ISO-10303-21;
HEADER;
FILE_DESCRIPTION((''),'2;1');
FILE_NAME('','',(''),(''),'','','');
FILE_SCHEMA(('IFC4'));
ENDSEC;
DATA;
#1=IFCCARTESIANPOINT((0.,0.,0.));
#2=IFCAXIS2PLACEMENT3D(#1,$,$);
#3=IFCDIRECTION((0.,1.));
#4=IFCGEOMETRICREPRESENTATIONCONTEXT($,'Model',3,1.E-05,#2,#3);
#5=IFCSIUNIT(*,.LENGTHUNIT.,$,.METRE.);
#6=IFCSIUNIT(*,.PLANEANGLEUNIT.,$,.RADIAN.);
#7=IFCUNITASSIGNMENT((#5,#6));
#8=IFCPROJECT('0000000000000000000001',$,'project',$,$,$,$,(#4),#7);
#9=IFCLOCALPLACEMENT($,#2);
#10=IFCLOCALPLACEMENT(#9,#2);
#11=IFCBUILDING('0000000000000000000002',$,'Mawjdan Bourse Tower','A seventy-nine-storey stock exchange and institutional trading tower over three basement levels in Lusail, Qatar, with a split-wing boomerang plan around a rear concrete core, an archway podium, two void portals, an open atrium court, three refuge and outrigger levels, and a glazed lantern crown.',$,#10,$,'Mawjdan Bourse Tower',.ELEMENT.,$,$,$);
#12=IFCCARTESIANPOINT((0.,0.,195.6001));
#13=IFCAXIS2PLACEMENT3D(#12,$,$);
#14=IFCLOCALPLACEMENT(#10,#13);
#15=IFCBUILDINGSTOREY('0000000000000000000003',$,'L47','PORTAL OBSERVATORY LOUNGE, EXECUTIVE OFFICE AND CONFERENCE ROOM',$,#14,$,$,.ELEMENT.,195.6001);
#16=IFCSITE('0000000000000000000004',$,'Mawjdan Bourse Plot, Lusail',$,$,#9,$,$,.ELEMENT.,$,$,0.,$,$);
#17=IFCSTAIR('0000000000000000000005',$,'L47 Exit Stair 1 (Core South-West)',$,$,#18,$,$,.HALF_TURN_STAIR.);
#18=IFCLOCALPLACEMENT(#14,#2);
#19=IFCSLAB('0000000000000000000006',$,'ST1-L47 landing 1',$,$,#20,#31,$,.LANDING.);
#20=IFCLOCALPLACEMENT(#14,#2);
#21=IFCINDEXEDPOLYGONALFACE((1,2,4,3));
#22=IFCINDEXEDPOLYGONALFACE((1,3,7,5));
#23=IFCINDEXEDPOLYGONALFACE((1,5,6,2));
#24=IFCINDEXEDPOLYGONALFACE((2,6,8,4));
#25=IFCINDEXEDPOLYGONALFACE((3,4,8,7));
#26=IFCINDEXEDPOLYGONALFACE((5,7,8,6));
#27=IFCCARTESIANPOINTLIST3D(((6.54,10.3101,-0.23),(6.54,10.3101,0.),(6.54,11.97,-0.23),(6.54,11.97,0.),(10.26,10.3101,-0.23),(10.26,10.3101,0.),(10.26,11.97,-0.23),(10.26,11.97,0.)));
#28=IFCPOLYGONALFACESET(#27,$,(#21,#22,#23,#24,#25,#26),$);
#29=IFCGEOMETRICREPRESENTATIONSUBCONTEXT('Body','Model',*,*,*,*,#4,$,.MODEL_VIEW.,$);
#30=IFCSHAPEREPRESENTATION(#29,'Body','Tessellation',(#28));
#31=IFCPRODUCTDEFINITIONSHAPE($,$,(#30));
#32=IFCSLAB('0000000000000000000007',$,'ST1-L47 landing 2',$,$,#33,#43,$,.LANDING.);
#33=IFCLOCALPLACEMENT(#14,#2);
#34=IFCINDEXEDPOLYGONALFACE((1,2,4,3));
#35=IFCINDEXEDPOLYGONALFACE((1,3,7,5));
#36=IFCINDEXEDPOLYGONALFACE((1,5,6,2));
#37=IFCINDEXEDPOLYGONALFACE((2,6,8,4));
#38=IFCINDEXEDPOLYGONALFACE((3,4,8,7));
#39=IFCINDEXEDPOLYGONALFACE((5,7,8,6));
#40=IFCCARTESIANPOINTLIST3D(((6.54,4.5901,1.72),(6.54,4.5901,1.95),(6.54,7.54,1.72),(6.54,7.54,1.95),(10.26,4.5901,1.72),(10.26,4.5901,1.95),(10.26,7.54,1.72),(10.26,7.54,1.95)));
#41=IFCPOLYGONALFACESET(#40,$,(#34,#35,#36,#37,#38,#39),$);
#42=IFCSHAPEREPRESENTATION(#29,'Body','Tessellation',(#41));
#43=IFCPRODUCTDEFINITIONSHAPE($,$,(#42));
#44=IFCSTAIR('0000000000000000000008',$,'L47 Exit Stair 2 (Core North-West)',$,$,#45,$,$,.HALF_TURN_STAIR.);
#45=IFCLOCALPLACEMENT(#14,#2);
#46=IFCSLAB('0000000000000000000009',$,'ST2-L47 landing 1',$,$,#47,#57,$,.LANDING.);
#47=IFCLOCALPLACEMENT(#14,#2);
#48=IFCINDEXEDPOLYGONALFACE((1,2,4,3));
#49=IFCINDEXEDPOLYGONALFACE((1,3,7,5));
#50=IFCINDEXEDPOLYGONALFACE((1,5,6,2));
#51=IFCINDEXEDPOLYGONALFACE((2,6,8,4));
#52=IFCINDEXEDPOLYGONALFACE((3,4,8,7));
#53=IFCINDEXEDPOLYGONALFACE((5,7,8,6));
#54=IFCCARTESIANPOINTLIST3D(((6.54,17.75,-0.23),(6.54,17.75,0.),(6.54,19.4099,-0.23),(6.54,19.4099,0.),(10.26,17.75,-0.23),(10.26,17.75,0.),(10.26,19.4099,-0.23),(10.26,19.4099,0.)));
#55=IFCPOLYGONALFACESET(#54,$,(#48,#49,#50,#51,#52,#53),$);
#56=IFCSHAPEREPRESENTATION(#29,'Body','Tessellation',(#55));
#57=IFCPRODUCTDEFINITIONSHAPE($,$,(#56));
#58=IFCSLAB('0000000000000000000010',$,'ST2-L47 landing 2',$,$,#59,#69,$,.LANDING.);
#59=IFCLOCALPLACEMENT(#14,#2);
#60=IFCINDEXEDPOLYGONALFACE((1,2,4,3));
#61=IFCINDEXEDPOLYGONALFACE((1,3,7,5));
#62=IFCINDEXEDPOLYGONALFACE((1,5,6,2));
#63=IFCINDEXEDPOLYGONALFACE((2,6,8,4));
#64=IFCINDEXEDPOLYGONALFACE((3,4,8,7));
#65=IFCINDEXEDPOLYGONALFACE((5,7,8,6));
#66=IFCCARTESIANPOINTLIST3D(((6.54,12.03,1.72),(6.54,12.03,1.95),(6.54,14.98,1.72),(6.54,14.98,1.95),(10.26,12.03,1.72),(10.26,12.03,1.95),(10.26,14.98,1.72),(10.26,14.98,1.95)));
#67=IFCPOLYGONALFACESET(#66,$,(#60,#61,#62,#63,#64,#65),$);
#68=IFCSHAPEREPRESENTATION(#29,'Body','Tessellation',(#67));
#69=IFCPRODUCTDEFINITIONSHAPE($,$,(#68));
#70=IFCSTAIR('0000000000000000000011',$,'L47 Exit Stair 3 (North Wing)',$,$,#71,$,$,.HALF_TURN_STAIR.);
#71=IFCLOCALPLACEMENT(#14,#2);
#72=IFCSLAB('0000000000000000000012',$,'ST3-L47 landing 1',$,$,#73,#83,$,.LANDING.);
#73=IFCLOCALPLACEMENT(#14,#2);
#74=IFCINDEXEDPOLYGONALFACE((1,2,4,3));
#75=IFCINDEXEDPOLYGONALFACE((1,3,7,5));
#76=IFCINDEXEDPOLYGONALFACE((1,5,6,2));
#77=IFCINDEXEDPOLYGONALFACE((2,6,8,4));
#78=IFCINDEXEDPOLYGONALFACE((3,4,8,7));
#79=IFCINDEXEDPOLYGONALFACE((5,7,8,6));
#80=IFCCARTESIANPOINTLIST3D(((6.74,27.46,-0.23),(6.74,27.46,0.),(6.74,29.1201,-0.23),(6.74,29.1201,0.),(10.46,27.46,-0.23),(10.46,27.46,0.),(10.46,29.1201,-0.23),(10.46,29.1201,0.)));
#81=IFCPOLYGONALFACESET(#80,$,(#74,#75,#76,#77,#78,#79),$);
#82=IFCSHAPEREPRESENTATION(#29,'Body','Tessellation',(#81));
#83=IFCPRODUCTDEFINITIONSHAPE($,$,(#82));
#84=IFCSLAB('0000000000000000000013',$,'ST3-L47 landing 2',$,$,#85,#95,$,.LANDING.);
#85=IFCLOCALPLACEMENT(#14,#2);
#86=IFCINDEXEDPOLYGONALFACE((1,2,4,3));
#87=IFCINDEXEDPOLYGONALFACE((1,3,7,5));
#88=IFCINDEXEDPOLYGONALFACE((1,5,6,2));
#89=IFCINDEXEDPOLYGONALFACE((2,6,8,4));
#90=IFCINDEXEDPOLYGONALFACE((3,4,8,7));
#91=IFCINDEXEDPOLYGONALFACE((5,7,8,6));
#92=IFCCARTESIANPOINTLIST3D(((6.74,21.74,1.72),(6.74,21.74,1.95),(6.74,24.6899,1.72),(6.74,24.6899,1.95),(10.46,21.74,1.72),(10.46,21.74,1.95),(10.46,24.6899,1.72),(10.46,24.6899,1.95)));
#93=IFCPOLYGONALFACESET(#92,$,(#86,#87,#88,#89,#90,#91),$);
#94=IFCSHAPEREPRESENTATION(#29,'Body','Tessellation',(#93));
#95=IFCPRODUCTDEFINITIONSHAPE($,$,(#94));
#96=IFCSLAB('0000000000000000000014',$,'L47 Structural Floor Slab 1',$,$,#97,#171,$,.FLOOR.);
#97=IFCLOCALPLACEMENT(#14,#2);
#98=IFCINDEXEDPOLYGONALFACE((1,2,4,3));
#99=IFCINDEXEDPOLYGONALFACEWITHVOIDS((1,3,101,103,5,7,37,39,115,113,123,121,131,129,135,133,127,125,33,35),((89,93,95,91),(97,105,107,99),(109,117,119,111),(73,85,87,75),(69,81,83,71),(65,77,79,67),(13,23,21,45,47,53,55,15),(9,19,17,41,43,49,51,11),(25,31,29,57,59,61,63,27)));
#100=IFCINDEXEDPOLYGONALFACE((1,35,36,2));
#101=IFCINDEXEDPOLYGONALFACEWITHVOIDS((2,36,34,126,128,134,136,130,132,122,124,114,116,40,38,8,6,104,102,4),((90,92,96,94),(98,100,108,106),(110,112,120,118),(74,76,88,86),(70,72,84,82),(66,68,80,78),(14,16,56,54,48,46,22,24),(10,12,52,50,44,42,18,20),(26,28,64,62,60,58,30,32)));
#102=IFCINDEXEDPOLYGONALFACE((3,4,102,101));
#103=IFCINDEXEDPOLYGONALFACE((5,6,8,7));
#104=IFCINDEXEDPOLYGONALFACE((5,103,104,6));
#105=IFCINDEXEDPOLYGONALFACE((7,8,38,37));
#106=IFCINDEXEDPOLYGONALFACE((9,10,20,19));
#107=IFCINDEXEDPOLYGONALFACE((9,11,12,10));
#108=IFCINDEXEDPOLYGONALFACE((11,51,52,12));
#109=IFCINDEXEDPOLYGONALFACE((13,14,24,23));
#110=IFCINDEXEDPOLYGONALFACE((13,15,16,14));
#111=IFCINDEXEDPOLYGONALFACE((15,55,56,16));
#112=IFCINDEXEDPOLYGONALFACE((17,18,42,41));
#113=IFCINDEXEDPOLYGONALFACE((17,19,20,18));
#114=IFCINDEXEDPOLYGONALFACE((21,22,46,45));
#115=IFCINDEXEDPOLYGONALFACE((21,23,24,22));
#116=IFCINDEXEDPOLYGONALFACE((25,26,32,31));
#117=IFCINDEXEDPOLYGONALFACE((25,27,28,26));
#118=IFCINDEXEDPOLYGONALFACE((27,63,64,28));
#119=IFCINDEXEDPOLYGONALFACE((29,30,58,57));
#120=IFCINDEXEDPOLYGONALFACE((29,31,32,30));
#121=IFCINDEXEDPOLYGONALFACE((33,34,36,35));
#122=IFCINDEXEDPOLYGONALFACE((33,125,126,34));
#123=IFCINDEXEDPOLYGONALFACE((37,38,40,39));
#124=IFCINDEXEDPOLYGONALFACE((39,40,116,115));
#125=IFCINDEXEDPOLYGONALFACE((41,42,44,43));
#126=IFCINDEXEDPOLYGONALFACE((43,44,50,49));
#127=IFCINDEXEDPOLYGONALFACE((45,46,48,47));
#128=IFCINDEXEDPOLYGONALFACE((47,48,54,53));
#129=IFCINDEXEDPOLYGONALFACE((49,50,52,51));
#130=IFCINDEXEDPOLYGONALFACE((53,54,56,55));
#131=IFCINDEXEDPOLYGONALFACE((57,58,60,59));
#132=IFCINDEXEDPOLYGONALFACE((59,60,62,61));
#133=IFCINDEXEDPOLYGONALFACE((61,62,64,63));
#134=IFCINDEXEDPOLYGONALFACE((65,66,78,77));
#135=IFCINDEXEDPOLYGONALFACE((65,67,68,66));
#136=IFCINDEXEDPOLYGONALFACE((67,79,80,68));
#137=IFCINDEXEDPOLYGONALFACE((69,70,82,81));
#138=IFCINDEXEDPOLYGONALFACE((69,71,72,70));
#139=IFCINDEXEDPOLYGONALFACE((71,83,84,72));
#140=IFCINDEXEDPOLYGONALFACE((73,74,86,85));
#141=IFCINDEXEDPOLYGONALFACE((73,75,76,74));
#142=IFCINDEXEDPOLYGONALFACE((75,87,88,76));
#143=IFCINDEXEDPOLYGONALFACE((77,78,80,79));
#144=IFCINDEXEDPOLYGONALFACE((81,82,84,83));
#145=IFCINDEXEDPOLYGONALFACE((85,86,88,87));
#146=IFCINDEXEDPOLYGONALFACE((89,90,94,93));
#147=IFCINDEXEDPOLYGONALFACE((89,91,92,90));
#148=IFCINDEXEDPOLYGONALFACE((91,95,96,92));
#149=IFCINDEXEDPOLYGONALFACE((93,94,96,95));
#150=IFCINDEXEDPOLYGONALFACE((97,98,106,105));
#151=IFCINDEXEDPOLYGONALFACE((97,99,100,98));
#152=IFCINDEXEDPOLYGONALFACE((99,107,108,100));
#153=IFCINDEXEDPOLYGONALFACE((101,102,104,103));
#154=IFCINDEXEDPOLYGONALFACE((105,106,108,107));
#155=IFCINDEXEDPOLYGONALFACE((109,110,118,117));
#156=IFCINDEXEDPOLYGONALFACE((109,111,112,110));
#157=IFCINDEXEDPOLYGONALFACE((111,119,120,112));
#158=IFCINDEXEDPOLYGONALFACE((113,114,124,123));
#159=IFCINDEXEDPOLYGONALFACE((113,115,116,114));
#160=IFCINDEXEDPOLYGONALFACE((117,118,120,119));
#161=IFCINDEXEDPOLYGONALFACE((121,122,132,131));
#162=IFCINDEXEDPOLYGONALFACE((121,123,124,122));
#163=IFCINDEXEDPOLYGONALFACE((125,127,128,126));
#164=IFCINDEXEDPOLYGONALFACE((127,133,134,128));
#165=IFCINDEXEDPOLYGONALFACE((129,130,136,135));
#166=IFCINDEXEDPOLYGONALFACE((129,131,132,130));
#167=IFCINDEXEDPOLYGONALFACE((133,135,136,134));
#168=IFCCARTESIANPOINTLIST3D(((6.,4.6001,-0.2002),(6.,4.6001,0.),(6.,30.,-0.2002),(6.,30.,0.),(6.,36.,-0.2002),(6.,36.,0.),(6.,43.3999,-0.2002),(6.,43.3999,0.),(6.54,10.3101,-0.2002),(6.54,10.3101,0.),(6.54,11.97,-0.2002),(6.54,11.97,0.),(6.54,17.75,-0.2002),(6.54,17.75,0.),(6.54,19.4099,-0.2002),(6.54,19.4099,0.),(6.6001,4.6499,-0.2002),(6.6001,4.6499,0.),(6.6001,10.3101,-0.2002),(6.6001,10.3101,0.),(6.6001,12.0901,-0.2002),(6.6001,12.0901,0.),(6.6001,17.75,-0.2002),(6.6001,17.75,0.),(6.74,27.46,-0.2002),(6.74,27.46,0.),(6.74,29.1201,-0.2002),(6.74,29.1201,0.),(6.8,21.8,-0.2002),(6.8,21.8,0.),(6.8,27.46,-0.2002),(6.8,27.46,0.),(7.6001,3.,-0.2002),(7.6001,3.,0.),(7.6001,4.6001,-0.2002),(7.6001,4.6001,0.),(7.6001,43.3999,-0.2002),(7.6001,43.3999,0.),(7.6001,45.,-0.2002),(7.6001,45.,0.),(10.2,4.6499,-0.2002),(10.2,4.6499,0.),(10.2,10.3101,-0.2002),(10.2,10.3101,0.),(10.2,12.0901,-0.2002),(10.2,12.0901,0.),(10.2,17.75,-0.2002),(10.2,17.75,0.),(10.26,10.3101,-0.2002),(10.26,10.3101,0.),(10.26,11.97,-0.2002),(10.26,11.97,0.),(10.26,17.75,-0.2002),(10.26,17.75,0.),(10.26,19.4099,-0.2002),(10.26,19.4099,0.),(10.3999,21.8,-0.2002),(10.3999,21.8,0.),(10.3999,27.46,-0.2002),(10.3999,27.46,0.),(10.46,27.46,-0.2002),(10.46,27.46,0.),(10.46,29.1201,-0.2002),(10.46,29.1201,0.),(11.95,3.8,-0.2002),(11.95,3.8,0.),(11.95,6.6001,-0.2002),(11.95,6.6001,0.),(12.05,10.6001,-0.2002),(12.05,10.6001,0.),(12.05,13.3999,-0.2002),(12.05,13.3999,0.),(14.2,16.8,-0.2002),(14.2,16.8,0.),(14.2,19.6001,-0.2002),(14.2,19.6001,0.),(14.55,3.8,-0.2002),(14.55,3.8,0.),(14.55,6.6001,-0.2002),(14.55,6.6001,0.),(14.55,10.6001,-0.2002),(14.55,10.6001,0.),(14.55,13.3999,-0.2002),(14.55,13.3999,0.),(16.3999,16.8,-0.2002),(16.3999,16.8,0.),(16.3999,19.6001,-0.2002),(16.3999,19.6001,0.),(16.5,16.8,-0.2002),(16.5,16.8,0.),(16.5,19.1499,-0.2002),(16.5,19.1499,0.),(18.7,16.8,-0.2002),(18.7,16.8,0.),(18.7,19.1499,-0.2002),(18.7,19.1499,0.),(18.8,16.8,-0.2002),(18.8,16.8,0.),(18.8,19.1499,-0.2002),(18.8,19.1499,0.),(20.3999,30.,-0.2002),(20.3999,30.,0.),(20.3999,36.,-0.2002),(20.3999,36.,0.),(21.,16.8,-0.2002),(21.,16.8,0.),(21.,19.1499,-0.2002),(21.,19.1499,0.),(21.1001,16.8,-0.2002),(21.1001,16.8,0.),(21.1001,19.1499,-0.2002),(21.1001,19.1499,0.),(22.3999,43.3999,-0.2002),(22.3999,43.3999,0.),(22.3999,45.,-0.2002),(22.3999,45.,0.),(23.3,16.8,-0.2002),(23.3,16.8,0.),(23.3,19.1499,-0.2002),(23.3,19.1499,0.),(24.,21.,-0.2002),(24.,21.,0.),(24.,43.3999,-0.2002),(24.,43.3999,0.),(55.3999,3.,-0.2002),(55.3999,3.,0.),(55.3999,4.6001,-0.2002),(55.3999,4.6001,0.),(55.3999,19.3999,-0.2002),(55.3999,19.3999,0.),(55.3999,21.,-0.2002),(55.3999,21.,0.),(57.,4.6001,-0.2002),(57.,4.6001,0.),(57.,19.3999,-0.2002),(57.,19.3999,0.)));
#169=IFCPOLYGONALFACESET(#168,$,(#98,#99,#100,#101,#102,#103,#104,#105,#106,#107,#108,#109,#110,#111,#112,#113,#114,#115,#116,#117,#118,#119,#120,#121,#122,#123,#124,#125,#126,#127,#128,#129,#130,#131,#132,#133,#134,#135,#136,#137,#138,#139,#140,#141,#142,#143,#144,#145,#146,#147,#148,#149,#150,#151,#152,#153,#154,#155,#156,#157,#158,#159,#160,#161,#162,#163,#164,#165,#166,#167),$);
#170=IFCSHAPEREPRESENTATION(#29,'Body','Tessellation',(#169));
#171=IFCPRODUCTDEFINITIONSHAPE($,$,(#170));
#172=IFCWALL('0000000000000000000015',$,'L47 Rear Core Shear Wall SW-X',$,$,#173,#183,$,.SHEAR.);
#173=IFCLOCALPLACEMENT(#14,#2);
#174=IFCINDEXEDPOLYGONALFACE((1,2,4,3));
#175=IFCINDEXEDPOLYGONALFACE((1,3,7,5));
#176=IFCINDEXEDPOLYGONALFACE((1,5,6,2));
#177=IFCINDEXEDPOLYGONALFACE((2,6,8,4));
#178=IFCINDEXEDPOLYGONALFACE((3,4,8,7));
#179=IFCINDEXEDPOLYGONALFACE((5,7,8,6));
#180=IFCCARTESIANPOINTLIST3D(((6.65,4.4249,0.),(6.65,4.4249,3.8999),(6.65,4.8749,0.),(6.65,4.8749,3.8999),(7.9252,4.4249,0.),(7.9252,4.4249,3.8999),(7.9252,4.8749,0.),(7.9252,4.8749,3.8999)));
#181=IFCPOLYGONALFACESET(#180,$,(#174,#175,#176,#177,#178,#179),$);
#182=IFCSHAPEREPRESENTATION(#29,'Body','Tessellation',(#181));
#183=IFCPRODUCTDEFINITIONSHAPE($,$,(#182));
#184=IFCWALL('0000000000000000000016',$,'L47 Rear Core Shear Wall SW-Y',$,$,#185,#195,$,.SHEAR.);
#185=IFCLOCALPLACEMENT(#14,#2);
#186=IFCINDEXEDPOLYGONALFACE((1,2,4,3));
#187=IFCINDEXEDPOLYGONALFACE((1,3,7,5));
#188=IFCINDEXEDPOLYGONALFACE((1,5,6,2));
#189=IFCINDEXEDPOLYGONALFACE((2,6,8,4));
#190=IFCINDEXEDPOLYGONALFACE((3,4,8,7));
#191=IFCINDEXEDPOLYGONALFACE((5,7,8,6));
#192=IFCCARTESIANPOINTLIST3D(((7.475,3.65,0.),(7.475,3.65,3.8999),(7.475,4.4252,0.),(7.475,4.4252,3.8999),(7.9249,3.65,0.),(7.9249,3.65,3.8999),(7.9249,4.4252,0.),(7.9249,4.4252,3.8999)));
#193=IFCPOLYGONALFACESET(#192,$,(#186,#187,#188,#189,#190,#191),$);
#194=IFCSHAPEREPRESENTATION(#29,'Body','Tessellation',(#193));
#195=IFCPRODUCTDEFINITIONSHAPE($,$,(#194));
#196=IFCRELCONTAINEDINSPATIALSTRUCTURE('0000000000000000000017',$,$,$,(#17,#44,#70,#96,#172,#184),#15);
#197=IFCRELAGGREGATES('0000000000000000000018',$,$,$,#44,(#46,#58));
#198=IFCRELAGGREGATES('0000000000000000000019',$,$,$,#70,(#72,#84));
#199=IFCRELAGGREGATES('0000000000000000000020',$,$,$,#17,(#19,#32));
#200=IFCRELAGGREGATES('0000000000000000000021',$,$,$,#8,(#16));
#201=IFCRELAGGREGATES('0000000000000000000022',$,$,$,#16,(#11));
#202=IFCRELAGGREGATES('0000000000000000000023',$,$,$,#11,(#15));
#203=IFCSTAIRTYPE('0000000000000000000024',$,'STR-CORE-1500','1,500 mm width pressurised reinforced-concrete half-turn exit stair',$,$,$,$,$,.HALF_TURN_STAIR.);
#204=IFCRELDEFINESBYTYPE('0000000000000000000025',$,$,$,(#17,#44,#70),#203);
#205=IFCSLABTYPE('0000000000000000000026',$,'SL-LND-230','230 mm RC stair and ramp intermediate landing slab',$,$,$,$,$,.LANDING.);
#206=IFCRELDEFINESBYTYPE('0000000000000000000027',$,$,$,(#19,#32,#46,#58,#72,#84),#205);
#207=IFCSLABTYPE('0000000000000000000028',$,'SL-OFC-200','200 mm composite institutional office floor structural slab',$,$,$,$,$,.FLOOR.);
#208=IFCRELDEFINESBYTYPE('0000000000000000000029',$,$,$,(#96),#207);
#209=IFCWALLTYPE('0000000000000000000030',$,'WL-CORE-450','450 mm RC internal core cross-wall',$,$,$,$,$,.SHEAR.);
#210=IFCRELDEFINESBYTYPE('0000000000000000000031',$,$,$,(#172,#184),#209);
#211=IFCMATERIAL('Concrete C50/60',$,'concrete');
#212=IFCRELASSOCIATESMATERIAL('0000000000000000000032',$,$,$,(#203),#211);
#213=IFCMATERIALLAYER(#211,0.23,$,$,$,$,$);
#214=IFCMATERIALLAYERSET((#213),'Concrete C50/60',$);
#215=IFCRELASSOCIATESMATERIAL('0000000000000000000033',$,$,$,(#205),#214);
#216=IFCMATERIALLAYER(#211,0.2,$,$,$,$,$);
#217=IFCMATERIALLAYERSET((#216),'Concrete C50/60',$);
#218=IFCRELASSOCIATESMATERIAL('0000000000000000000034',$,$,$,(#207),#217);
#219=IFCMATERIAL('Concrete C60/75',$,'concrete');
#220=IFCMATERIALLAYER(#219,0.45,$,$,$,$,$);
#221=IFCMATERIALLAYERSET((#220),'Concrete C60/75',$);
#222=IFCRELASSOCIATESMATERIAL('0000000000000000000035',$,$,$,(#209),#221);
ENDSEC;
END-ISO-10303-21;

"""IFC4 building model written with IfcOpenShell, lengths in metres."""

from ifc_helpers import new_model, si_unit, direction, frame, frame_2d, origin, place, context, subcontext, project, spatial, polyline, rectangle, outline, extrude, material, layer, layer_set, type_object, element, aggregate, save


model = new_model("IFC4")

# Units and contexts
model_context = context("Model", 3, precision=1e-05, world=origin(), true_north=direction((0.0, 1.0)))
body_context = subcontext(model_context, "Body", "Model", "MODEL_VIEW")
ifc_project = project(units=[si_unit("LENGTHUNIT", "METRE"), si_unit("PLANEANGLEUNIT", "RADIAN")], contexts=[model_context])

# Site, building, storey
site_placement = place(None, origin())
site = spatial("IfcSite", under=ifc_project, at=site_placement, Name="Mawjdan Bourse Plot, Lusail", CompositionType="ELEMENT", RefElevation=0.0)
building_placement = place(site_placement, origin())
building = spatial("IfcBuilding", under=site, at=building_placement, Name="Mawjdan Bourse Tower", Description="A seventy-nine-storey stock exchange and institutional trading tower over three basement levels in Lusail, Qatar, with a split-wing boomerang plan around a rear concrete core, an archway podium, two void portals, an open atrium court, three refuge and outrigger levels, and a glazed lantern crown.", LongName="Mawjdan Bourse Tower", CompositionType="ELEMENT")
storey_placement = place(building_placement, frame((0.0, 0.0, 195.6001)))
storey = spatial("IfcBuildingStorey", under=building, at=storey_placement, Name="L47", Description="PORTAL OBSERVATORY LOUNGE, EXECUTIVE OFFICE AND CONFERENCE ROOM", CompositionType="ELEMENT", Elevation=195.6001)

# Stairs, slabs
ifc_material_1 = material(Name="Concrete C50/60", Category="concrete")
stair_type = type_object("IfcStairType", Name="STR-CORE-1500", Description="1,500 mm width pressurised reinforced-concrete half-turn exit stair", PredefinedType="HALF_TURN_STAIR", material=ifc_material_1)
stair_1_placement = place(storey_placement, origin())
stair_1 = element("IfcStair", 1, at=stair_1_placement, inside=storey, type_object=stair_type, Name="L47 Exit Stair 1 (Core South-West)", PredefinedType="HALF_TURN_STAIR")
ifc_layer_1 = layer(ifc_material_1, 0.23)
ifc_layer_set_1 = layer_set([ifc_layer_1], Name="Concrete C50/60")
slab_type_1 = type_object("IfcSlabType", Name="SL-LND-230", Description="230 mm RC stair and ramp intermediate landing slab", PredefinedType="LANDING", material=ifc_layer_set_1)
slab_1_placement = place(storey_placement, frame((0.0, 0.0, -0.23)))
slab_1 = element("IfcSlab", 2, at=slab_1_placement, type_object=slab_type_1, Name="ST1-L47 landing 1", PredefinedType="LANDING", context=body_context, shape_type="SweptSolid", body=[
    extrude(outline(polyline([(6.54, 10.3101), (10.26, 10.3101), (10.26, 11.97), (6.54, 11.97), (6.54, 10.3101)])), origin(), (0.0, 0.0, 1.0), 0.23),
])
slab_2_placement = place(storey_placement, frame((0.0, 0.0, 1.72)))
slab_2 = element("IfcSlab", 3, at=slab_2_placement, type_object=slab_type_1, Name="ST1-L47 landing 2", PredefinedType="LANDING", context=body_context, shape_type="SweptSolid", body=[
    extrude(outline(polyline([(6.54, 4.5901), (10.26, 4.5901), (10.26, 7.54), (6.54, 7.54), (6.54, 4.5901)])), origin(), (0.0, 0.0, 1.0), 0.23),
])
stair_2_placement = place(storey_placement, origin())
stair_2 = element("IfcStair", 4, at=stair_2_placement, inside=storey, type_object=stair_type, Name="L47 Exit Stair 2 (Core North-West)", PredefinedType="HALF_TURN_STAIR")
slab_3_placement = place(storey_placement, frame((0.0, 0.0, -0.23)))
slab_3 = element("IfcSlab", 5, at=slab_3_placement, type_object=slab_type_1, Name="ST2-L47 landing 1", PredefinedType="LANDING", context=body_context, shape_type="SweptSolid", body=[
    extrude(outline(polyline([(6.54, 17.75), (10.26, 17.75), (10.26, 19.4099), (6.54, 19.4099), (6.54, 17.75)])), origin(), (0.0, 0.0, 1.0), 0.23),
])
slab_4_placement = place(storey_placement, frame((0.0, 0.0, 1.72)))
slab_4 = element("IfcSlab", 6, at=slab_4_placement, type_object=slab_type_1, Name="ST2-L47 landing 2", PredefinedType="LANDING", context=body_context, shape_type="SweptSolid", body=[
    extrude(outline(polyline([(6.54, 12.03), (10.26, 12.03), (10.26, 14.98), (6.54, 14.98), (6.54, 12.03)])), origin(), (0.0, 0.0, 1.0), 0.23),
])
aggregate(stair_2, [slab_3, slab_4])
stair_3_placement = place(storey_placement, origin())
stair_3 = element("IfcStair", 7, at=stair_3_placement, inside=storey, type_object=stair_type, Name="L47 Exit Stair 3 (North Wing)", PredefinedType="HALF_TURN_STAIR")
slab_5_placement = place(storey_placement, frame((0.0, 0.0, -0.23)))
slab_5 = element("IfcSlab", 8, at=slab_5_placement, type_object=slab_type_1, Name="ST3-L47 landing 1", PredefinedType="LANDING", context=body_context, shape_type="SweptSolid", body=[
    extrude(outline(polyline([(6.74, 27.46), (10.46, 27.46), (10.46, 29.1201), (6.74, 29.1201), (6.74, 27.46)])), origin(), (0.0, 0.0, 1.0), 0.23),
])
slab_6_placement = place(storey_placement, frame((0.0, 0.0, 1.72)))
slab_6 = element("IfcSlab", 9, at=slab_6_placement, type_object=slab_type_1, Name="ST3-L47 landing 2", PredefinedType="LANDING", context=body_context, shape_type="SweptSolid", body=[
    extrude(outline(polyline([(6.74, 21.74), (10.46, 21.74), (10.46, 24.6899), (6.74, 24.6899), (6.74, 21.74)])), origin(), (0.0, 0.0, 1.0), 0.23),
])
aggregate(stair_3, [slab_5, slab_6])

# Slab
ifc_layer_2 = layer(ifc_material_1, 0.2)
ifc_layer_set_2 = layer_set([ifc_layer_2], Name="Concrete C50/60")
slab_type_2 = type_object("IfcSlabType", Name="SL-OFC-200", Description="200 mm composite institutional office floor structural slab", PredefinedType="FLOOR", material=ifc_layer_set_2)
slab_7_placement = place(storey_placement, frame((0.0, 0.0, -0.2002)))
element("IfcSlab", 10, at=slab_7_placement, inside=storey, type_object=slab_type_2, Name="L47 Structural Floor Slab 1", PredefinedType="FLOOR", context=body_context, shape_type="SweptSolid", body=[
    extrude(outline(polyline([(7.6001, 3.0), (55.3999, 3.0), (55.3999, 4.6001), (57.0, 4.6001), (57.0, 19.3999), (55.3999, 19.3999), (55.3999, 21.0), (24.0, 21.0), (24.0, 43.3999), (22.3999, 43.3999), (22.3999, 45.0), (7.6001, 45.0), (7.6001, 43.3999), (6.0, 43.3999), (6.0, 36.0), (20.3999, 36.0), (20.3999, 30.0), (6.0, 30.0), (6.0, 4.6001), (7.6001, 4.6001), (7.6001, 3.0)]), holes=[polyline([(6.54, 11.97), (10.26, 11.97), (10.26, 10.3101), (10.2, 10.3101), (10.2, 4.6499), (6.6001, 4.6499), (6.6001, 10.3101), (6.54, 10.3101), (6.54, 11.97)]), polyline([(6.6001, 12.0901), (6.6001, 17.75), (6.54, 17.75), (6.54, 19.4099), (10.26, 19.4099), (10.26, 17.75), (10.2, 17.75), (10.2, 12.0901), (6.6001, 12.0901)]), polyline([(10.46, 29.1201), (10.46, 27.46), (10.3999, 27.46), (10.3999, 21.8), (6.8, 21.8), (6.8, 27.46), (6.74, 27.46), (6.74, 29.1201), (10.46, 29.1201)]), polyline([(14.55, 3.8), (11.95, 3.8), (11.95, 6.6001), (14.55, 6.6001), (14.55, 3.8)]), polyline([(12.05, 10.6001), (12.05, 13.3999), (14.55, 13.3999), (14.55, 10.6001), (12.05, 10.6001)]), polyline([(16.5, 16.8), (16.5, 19.1499), (18.7, 19.1499), (18.7, 16.8), (16.5, 16.8)]), polyline([(21.0, 16.8), (18.8, 16.8), (18.8, 19.1499), (21.0, 19.1499), (21.0, 16.8)]), polyline([(21.1001, 16.8), (21.1001, 19.1499), (23.3, 19.1499), (23.3, 16.8), (21.1001, 16.8)]), polyline([(14.2, 16.8), (14.2, 19.6001), (16.3999, 19.6001), (16.3999, 16.8), (14.2, 16.8)])]), origin(), (0.0, 0.0, 1.0), 0.2002),
])

# Walls
ifc_material_2 = material(Name="Concrete C60/75", Category="concrete")
ifc_layer_3 = layer(ifc_material_2, 0.45)
ifc_layer_set_3 = layer_set([ifc_layer_3], Name="Concrete C60/75")
wall_type_1 = type_object("IfcWallType", Name="WL-CORE-450", Description="450 mm RC internal core cross-wall", PredefinedType="SHEAR", material=ifc_layer_set_3)
wall_1_placement = place(storey_placement, frame((6.6499, 4.6499, 0.0), z_axis=(0.0, 0.0, 1.0), x_axis=(1.0, 0.0, 0.0)))
element("IfcWall", 11, at=wall_1_placement, inside=storey, type_object=wall_type_1, Name="L47 Rear Core Shear Wall SW-X", PredefinedType="SHEAR", context=body_context, shape_type="SweptSolid", body=[
    extrude(rectangle(XDim=1.2751, YDim=0.45, at=frame_2d((0.6377, 0.0))), origin(), (0.0, 0.0, 1.0), 3.8999),
])
wall_2_placement = place(storey_placement, frame((7.7, 3.6499, 0.0), z_axis=(0.0, 0.0, 1.0), x_axis=(0.0, 1.0, 0.0)))
element("IfcWall", 12, at=wall_2_placement, inside=storey, type_object=wall_type_1, Name="L47 Rear Core Shear Wall SW-Y", PredefinedType="SHEAR", context=body_context, shape_type="SweptSolid", body=[
    extrude(rectangle(XDim=0.7751, YDim=0.45, at=frame_2d((0.3877, 0.0))), origin(), (0.0, 0.0, 1.0), 3.8999),
])

aggregate(stair_1, [slab_1, slab_2])

save(model, "model.ifc")
